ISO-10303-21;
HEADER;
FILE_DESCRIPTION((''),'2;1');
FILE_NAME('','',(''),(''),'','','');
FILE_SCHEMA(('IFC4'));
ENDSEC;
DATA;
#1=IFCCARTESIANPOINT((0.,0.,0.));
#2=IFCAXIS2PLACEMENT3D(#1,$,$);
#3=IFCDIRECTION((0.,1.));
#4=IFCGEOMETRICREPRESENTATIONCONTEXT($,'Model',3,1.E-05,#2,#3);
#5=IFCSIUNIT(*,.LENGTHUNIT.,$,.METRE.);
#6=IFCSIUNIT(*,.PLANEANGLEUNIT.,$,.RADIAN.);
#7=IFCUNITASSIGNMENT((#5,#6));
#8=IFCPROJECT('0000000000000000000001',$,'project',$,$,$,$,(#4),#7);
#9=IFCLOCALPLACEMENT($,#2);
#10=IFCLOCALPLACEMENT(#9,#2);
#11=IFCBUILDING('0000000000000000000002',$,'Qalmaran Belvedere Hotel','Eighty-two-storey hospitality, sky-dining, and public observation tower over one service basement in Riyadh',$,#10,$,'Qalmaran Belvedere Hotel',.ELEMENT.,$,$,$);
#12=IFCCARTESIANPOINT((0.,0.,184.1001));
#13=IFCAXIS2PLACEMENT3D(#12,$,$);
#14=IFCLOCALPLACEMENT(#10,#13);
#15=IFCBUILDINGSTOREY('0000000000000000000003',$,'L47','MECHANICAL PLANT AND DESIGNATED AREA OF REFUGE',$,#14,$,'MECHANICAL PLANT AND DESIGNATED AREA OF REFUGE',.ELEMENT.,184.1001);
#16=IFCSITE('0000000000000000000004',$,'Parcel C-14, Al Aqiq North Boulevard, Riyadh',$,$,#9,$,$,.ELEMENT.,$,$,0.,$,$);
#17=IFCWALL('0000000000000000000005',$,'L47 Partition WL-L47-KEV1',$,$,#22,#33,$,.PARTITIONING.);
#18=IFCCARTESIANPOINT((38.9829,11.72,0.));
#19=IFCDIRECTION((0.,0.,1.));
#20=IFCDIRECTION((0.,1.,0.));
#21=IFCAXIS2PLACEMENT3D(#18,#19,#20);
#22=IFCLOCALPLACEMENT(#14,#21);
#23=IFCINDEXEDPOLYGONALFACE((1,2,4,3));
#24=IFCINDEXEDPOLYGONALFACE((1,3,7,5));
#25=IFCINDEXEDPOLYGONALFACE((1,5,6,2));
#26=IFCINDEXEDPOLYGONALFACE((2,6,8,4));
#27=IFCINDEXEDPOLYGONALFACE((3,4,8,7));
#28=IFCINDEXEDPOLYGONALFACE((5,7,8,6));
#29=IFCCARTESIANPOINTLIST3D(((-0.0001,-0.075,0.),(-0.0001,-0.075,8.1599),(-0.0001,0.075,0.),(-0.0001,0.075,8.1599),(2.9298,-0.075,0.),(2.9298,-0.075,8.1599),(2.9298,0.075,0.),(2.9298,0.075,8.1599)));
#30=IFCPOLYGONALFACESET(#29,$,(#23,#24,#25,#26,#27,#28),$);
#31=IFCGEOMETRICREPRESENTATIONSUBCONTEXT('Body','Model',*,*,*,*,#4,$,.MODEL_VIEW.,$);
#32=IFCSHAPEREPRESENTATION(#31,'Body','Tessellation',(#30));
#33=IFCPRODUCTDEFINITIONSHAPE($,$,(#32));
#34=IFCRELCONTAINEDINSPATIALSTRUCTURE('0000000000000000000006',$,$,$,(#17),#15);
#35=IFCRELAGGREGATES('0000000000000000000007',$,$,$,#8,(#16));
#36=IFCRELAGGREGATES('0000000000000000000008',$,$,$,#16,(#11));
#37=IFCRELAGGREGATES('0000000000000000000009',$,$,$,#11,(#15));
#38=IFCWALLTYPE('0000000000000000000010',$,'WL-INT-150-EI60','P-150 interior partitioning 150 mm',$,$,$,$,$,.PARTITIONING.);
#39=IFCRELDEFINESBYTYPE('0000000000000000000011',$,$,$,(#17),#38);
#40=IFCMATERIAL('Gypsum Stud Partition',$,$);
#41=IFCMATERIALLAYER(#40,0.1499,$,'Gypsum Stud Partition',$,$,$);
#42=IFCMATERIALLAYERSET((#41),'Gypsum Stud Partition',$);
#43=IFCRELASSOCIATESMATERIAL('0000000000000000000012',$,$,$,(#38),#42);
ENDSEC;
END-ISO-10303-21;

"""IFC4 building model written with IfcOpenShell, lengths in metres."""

from ifc_helpers import new_model, si_unit, direction, frame, frame_2d, origin, place, context, subcontext, project, spatial, rectangle, extrude, material, layer, layer_set, type_object, element, save


model = new_model("IFC4")

# Units and contexts
model_context = context("Model", 3, precision=1e-05, world=origin(), true_north=direction((0.0, 1.0)))
body_context = subcontext(model_context, "Body", "Model", "MODEL_VIEW")
ifc_project = project(units=[si_unit("LENGTHUNIT", "METRE"), si_unit("PLANEANGLEUNIT", "RADIAN")], contexts=[model_context])

# Site, building, storey
site_placement = place(None, origin())
site = spatial("IfcSite", under=ifc_project, at=site_placement, Name="Parcel C-14, Al Aqiq North Boulevard, Riyadh", CompositionType="ELEMENT", RefElevation=0.0)
building_placement = place(site_placement, origin())
building = spatial("IfcBuilding", under=site, at=building_placement, Name="Qalmaran Belvedere Hotel", Description="Eighty-two-storey hospitality, sky-dining, and public observation tower over one service basement in Riyadh", LongName="Qalmaran Belvedere Hotel", CompositionType="ELEMENT")
storey_placement = place(building_placement, frame((0.0, 0.0, 184.1001)))
storey = spatial("IfcBuildingStorey", under=building, at=storey_placement, Name="L47", Description="MECHANICAL PLANT AND DESIGNATED AREA OF REFUGE", LongName="MECHANICAL PLANT AND DESIGNATED AREA OF REFUGE", CompositionType="ELEMENT", Elevation=184.1001)

# Wall
ifc_material_1 = material(Name="Gypsum Stud Partition")
ifc_layer_1 = layer(ifc_material_1, 0.1499, Name="Gypsum Stud Partition")
ifc_layer_set_1 = layer_set([ifc_layer_1], Name="Gypsum Stud Partition")
wall_type_1 = type_object("IfcWallType", Name="WL-INT-150-EI60", Description="P-150 interior partitioning 150 mm", PredefinedType="PARTITIONING", material=ifc_layer_set_1)
wall_1_placement = place(storey_placement, frame((38.9829, 11.72, 0.0), z_axis=(0.0, 0.0, 1.0), x_axis=(0.0, 1.0, 0.0)))
element("IfcWall", 1, at=wall_1_placement, inside=storey, type_object=wall_type_1, Name="L47 Partition WL-L47-KEV1", PredefinedType="PARTITIONING", context=body_context, shape_type="SweptSolid", body=[
    extrude(rectangle(XDim=2.9299, YDim=0.1499, at=frame_2d((1.4648, 0.0))), origin(), (0.0, 0.0, 1.0), 8.1599),
])

save(model, "model.ifc")
